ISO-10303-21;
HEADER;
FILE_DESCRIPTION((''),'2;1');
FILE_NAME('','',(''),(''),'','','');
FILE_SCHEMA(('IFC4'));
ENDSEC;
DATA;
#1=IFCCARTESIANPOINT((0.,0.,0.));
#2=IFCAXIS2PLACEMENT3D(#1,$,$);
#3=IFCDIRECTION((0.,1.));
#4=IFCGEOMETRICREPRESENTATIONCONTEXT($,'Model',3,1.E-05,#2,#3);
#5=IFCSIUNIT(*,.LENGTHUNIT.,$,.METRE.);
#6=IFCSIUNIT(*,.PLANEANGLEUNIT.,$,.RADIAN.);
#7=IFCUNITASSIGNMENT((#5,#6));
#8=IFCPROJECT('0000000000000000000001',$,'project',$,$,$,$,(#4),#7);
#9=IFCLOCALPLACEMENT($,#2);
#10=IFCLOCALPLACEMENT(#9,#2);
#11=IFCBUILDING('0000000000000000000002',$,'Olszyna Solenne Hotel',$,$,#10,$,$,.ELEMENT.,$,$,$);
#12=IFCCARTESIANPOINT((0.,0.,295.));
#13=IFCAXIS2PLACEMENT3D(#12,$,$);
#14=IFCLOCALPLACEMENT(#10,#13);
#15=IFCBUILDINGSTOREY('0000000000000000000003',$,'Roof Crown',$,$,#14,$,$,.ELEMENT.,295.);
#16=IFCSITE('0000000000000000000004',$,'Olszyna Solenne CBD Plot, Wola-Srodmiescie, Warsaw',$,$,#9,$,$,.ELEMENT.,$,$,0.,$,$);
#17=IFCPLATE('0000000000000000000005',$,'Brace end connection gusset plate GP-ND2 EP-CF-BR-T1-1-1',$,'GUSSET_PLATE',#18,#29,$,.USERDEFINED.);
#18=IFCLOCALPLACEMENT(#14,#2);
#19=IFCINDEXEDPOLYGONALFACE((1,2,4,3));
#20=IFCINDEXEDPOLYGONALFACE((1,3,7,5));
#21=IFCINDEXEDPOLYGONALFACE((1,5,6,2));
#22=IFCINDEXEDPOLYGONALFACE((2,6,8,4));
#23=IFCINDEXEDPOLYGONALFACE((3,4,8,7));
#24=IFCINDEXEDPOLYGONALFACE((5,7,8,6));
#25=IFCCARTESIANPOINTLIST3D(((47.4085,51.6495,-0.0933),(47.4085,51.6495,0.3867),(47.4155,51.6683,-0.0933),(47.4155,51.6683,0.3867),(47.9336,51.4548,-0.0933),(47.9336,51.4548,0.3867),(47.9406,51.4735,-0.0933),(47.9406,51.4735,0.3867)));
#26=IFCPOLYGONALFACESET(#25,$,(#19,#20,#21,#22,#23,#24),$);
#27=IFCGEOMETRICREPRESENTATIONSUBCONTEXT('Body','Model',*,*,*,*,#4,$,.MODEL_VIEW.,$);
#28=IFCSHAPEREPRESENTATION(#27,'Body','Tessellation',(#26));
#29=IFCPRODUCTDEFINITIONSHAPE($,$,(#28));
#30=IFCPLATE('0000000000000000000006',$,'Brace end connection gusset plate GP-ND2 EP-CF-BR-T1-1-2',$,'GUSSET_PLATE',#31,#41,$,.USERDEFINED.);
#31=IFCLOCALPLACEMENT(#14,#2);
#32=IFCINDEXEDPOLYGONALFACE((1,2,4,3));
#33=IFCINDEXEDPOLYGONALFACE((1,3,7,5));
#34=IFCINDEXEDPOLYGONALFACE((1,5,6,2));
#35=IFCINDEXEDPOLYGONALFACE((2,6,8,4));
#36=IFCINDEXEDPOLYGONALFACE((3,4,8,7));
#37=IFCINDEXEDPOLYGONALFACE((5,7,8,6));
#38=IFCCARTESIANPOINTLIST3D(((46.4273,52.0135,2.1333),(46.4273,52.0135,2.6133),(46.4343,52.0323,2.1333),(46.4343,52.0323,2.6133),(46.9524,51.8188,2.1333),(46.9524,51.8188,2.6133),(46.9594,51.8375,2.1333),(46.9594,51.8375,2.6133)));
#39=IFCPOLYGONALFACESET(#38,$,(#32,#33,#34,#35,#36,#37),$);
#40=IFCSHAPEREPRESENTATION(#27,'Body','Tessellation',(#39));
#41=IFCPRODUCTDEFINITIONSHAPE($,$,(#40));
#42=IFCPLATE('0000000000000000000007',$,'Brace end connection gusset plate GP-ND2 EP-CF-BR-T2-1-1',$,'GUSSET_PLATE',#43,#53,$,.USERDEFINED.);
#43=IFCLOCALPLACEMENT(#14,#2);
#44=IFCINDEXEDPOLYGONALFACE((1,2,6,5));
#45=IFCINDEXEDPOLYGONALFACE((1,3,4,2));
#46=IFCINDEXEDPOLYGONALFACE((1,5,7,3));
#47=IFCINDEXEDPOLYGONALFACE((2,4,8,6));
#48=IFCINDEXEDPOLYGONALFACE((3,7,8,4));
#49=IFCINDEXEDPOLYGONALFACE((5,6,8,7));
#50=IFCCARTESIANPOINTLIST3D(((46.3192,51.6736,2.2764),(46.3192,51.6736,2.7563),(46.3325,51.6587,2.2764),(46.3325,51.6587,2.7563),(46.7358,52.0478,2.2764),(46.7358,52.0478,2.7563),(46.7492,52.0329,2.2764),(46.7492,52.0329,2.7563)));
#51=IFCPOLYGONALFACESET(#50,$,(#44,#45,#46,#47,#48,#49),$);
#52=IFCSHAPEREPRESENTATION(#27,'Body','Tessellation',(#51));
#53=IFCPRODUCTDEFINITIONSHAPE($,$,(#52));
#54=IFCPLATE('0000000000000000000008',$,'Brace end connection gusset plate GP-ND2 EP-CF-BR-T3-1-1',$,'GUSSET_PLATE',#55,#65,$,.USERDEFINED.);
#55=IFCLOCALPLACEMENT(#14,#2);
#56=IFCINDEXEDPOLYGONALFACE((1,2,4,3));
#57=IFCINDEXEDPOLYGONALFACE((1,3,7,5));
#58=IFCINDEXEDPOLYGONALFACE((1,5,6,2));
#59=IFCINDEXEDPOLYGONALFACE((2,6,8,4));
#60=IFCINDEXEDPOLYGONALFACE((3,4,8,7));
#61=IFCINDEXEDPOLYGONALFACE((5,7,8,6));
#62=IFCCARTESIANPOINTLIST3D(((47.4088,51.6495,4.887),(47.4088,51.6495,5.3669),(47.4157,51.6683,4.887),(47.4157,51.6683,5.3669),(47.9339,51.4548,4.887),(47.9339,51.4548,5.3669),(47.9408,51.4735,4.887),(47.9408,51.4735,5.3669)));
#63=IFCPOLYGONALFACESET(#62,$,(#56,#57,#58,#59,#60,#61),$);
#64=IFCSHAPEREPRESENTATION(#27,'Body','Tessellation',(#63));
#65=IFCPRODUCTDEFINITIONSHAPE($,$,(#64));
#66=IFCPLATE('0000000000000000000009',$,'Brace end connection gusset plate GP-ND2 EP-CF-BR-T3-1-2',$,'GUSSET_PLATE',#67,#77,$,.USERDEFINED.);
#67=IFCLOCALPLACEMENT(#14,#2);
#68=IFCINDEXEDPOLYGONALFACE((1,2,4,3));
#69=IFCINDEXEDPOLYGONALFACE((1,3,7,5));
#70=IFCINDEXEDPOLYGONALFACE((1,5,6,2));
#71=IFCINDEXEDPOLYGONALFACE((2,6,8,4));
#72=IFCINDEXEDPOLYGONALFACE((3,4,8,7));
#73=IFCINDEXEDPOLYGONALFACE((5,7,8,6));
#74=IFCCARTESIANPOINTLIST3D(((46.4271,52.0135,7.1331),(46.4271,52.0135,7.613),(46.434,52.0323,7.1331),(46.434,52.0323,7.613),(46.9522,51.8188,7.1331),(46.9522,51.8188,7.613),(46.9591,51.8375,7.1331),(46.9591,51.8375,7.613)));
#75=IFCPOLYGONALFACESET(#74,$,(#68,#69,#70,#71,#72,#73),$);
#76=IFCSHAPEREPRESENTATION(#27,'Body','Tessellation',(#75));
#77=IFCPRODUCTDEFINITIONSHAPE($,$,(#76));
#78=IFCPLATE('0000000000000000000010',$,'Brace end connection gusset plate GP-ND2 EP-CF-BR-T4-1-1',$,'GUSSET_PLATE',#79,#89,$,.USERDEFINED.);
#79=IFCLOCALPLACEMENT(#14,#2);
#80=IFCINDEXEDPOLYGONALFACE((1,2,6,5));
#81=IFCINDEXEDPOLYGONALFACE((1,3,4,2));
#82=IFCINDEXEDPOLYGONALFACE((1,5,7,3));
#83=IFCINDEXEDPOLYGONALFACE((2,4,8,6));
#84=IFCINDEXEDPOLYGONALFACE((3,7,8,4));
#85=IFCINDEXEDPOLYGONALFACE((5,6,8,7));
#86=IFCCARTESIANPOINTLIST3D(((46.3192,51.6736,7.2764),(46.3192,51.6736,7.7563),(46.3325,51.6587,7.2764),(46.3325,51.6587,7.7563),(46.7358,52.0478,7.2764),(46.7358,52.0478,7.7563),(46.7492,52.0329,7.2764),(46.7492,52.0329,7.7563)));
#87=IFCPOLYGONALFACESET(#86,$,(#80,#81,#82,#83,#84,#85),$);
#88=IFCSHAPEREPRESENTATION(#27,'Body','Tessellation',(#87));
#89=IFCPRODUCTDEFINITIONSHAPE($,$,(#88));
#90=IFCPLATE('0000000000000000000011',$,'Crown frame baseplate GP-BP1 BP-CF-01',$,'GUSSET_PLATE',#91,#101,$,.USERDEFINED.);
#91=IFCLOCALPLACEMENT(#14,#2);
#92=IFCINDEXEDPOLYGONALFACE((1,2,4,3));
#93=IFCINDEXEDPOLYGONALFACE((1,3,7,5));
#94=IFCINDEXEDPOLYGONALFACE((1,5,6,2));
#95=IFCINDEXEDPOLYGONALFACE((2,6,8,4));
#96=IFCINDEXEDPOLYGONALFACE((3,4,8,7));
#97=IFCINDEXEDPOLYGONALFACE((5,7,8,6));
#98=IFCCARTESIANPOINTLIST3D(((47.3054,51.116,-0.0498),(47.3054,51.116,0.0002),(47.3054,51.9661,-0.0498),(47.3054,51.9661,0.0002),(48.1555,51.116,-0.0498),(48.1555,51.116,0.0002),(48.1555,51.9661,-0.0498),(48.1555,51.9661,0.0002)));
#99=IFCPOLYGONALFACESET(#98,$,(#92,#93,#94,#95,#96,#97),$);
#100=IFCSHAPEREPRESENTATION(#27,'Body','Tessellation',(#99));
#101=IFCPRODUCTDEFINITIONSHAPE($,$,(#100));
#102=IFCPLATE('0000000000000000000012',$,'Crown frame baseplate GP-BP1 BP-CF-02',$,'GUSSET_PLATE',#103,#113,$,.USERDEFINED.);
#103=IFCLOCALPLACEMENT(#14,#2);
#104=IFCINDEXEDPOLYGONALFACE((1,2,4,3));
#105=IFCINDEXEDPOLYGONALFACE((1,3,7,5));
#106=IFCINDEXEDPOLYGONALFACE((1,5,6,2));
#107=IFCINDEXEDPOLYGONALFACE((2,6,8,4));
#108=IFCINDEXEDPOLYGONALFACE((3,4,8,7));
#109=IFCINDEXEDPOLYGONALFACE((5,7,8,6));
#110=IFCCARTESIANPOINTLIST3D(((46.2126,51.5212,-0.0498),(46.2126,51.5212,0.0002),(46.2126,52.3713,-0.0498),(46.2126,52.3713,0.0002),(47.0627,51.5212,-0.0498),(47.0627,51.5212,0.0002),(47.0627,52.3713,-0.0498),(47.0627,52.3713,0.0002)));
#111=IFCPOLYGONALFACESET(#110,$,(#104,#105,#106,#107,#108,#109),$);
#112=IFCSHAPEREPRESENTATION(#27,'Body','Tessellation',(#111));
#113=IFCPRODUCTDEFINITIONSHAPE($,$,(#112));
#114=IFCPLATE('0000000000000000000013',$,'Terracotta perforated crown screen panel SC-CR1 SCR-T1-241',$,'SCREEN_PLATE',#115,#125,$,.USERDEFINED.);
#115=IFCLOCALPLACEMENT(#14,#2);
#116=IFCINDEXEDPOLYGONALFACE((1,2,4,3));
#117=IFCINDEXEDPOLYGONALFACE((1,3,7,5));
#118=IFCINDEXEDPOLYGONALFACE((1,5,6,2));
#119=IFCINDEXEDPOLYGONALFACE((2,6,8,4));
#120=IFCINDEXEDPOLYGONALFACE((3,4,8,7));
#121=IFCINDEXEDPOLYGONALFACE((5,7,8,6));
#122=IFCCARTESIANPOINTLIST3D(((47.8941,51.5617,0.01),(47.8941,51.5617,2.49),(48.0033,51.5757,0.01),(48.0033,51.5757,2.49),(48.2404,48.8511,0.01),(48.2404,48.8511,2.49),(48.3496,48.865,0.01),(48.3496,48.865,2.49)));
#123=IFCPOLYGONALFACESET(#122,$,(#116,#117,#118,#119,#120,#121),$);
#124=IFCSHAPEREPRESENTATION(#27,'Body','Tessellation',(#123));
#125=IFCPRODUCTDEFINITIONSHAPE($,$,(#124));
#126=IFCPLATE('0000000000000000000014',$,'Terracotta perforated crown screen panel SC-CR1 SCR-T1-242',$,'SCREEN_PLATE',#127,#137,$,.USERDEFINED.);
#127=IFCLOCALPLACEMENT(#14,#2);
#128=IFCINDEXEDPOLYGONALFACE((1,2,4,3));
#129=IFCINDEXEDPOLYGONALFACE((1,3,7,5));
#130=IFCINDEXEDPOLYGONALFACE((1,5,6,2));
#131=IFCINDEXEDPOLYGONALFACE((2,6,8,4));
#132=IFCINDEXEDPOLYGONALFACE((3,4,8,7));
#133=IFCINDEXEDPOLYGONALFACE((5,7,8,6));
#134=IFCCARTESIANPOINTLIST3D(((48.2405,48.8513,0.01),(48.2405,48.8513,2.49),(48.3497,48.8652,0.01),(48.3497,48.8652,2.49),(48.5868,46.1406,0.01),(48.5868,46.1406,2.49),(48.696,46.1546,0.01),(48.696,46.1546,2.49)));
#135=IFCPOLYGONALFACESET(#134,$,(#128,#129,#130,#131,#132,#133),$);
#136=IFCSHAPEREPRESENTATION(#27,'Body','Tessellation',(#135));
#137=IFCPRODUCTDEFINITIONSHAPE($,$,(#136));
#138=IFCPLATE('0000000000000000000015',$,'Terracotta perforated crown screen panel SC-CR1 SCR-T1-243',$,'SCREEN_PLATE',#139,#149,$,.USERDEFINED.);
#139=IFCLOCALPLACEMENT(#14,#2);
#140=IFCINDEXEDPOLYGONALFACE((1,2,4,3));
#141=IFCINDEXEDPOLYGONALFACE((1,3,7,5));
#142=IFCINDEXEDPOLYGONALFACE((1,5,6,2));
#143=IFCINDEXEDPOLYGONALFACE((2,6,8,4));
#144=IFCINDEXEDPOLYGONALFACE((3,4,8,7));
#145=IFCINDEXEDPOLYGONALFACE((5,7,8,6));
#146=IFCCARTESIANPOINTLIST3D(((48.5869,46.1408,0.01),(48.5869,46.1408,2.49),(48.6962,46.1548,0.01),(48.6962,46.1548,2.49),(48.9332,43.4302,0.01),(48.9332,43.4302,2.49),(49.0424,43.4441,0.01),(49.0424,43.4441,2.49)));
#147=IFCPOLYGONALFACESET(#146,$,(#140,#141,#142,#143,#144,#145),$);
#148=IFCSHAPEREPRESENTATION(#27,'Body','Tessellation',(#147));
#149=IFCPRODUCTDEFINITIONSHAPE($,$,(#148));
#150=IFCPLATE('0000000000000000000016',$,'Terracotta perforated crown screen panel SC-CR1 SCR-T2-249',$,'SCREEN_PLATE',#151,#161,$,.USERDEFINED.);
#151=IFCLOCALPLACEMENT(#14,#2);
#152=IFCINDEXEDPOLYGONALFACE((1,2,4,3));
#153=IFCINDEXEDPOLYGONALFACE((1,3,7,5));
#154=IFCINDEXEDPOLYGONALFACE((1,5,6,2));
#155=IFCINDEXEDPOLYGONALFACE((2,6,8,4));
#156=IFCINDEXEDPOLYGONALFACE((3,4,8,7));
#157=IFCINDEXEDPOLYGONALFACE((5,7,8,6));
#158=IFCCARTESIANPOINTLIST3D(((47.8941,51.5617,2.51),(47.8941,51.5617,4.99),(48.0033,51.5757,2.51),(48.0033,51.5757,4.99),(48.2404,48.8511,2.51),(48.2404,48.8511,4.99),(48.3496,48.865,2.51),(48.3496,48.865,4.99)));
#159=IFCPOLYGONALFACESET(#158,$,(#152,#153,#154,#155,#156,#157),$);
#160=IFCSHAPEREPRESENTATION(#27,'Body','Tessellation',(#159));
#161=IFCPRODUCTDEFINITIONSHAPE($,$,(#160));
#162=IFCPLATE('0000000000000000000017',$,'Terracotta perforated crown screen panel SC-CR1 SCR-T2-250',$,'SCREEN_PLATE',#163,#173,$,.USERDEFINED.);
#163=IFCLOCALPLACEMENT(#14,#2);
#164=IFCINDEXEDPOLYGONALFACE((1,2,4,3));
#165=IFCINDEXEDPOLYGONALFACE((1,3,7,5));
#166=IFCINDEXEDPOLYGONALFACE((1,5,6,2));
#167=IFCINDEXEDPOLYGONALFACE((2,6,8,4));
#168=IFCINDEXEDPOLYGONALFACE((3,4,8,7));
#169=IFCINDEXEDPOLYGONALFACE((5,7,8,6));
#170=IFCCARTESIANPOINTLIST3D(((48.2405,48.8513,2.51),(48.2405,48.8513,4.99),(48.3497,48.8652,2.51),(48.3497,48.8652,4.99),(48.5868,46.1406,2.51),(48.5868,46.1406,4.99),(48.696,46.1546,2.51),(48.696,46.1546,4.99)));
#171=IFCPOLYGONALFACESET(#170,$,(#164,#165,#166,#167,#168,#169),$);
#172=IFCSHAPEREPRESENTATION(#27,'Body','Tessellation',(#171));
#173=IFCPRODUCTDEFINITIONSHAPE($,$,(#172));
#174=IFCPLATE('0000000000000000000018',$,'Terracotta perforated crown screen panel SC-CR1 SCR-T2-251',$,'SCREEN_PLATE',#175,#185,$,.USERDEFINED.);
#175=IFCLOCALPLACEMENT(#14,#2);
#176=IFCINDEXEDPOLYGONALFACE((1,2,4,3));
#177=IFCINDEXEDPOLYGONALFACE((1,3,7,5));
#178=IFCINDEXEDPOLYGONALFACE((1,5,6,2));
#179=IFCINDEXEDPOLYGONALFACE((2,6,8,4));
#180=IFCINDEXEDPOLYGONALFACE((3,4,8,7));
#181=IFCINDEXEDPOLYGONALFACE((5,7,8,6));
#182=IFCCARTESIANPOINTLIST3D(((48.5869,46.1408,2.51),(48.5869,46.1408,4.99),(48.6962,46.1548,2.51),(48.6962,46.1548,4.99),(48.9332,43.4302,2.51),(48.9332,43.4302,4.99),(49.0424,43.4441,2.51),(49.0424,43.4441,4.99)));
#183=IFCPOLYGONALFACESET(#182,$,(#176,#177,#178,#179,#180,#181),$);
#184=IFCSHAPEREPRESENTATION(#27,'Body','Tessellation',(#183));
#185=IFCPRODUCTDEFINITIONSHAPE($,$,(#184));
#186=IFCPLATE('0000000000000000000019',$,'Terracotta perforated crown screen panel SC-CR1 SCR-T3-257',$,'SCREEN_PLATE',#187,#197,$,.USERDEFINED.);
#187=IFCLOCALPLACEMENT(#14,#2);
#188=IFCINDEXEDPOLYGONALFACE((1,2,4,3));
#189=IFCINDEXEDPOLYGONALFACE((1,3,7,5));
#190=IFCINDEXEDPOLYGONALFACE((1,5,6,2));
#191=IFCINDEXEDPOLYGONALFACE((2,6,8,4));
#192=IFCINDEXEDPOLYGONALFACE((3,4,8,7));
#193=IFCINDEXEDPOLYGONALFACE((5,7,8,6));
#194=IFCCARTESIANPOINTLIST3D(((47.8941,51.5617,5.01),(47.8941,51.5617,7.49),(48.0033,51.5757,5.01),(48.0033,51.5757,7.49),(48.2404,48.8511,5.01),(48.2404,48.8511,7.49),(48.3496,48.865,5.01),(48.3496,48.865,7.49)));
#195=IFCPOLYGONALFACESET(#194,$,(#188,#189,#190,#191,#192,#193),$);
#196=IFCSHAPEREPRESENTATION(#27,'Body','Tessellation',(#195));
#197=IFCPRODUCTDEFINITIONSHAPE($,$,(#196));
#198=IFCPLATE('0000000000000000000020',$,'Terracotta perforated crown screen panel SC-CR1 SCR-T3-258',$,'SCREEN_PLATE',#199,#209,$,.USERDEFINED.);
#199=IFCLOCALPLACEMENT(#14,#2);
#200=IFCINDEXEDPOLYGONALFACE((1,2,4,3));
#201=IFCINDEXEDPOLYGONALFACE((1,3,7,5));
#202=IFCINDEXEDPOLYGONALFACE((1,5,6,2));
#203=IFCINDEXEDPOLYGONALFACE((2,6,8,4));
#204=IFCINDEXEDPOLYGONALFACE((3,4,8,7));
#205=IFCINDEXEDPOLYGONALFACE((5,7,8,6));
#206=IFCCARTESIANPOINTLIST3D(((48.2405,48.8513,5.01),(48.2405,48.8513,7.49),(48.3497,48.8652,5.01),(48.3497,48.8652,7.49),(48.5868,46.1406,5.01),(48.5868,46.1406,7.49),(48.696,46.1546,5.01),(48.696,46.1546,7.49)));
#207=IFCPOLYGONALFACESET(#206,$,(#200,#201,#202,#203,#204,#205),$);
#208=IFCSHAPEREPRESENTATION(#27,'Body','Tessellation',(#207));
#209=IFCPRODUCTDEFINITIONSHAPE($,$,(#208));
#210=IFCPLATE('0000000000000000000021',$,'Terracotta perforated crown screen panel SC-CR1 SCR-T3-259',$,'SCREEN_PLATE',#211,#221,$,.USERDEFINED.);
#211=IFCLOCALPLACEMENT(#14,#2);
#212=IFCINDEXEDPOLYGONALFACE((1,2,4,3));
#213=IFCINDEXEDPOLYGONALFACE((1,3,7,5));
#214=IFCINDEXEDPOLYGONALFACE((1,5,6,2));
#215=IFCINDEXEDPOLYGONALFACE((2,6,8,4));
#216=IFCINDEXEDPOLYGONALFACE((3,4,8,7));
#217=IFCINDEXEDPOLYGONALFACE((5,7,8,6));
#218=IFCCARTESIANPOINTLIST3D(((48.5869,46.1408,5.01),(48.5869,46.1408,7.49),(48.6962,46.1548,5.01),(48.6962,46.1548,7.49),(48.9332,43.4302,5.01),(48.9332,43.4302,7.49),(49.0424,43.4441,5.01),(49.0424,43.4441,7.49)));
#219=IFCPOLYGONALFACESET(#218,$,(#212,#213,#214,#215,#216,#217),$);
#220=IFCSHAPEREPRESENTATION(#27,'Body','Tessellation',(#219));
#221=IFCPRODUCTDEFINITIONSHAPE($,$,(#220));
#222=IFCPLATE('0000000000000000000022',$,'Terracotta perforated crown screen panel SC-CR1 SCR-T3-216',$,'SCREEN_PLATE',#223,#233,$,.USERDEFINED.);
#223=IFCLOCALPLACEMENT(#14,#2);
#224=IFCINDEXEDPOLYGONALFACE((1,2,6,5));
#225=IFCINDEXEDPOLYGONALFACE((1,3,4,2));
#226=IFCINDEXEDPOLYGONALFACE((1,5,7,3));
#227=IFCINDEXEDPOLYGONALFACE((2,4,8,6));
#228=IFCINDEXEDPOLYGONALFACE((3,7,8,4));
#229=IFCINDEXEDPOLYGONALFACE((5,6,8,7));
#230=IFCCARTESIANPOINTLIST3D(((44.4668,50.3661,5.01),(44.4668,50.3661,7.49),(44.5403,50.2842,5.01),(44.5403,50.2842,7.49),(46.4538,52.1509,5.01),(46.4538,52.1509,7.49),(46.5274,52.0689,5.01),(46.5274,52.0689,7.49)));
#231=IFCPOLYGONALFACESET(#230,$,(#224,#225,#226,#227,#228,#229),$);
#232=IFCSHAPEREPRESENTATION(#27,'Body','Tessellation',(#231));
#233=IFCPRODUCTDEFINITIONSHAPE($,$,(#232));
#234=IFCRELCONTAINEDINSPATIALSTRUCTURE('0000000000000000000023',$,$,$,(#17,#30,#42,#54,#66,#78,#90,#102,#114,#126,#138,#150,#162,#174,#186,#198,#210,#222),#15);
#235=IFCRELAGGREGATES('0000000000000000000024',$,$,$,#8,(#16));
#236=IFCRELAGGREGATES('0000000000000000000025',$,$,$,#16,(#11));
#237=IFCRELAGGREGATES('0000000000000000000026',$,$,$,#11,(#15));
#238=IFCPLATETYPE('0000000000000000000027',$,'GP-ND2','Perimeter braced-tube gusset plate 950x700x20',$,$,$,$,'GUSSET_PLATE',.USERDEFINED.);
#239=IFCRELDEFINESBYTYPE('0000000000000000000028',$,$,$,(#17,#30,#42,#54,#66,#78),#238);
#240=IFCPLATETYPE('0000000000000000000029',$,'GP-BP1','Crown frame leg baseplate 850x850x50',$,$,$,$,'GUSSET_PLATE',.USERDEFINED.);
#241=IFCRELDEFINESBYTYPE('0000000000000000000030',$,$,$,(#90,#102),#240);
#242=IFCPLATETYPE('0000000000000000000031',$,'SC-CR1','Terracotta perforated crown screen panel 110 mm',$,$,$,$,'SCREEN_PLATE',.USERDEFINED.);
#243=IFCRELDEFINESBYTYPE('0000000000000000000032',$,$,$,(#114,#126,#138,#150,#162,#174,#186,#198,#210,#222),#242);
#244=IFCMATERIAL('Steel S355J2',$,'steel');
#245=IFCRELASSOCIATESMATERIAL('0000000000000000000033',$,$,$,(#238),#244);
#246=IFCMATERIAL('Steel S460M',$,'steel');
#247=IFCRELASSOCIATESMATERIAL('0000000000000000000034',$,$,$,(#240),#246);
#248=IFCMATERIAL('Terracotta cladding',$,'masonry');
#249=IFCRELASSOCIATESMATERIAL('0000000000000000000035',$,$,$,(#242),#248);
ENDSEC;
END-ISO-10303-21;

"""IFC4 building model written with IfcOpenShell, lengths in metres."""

from ifc_helpers import new_model, si_unit, direction, frame, origin, origin_2d, place, context, subcontext, project, spatial, rectangle, extrude, source, transform, mapped, material, type_object, element, save


model = new_model("IFC4")

# Units and contexts
model_context = context("Model", 3, precision=1e-05, world=origin(), true_north=direction((0.0, 1.0)))
body_context = subcontext(model_context, "Body", "Model", "MODEL_VIEW")
ifc_project = project(units=[si_unit("LENGTHUNIT", "METRE"), si_unit("PLANEANGLEUNIT", "RADIAN")], contexts=[model_context])

# Site, building, storey
site_placement = place(None, origin())
site = spatial("IfcSite", under=ifc_project, at=site_placement, Name="Olszyna Solenne CBD Plot, Wola-Srodmiescie, Warsaw", CompositionType="ELEMENT", RefElevation=0.0)
building_placement = place(site_placement, origin())
building = spatial("IfcBuilding", under=site, at=building_placement, Name="Olszyna Solenne Hotel", CompositionType="ELEMENT")
storey_placement = place(building_placement, frame((0.0, 0.0, 295.0)))
storey = spatial("IfcBuildingStorey", under=building, at=storey_placement, Name="Roof Crown", CompositionType="ELEMENT", Elevation=295.0)

# Shared definitions
ifc_material_1 = material(Name="Steel S460M", Category="steel")

# Shared definitions
ifc_material_2 = material(Name="Steel S355J2", Category="steel")

# Plates
plate_type_1 = type_object("IfcPlateType", Name="GP-ND2", Description="Perimeter braced-tube gusset plate 950x700x20", ElementType="GUSSET_PLATE", PredefinedType="USERDEFINED", material=ifc_material_2)
shared_shape_1 = source(origin(), body_context, "Body", "SweptSolid", [
    extrude(rectangle(XDim=0.5601, YDim=0.02, at=origin_2d()), origin(), (0.0, 0.0, 1.0), 0.48),
])
for number, where, z_axis, x_axis, name in (
    (1, (47.6746, 51.5615, -0.0933), (0.0, 0.0, 1.0), (-0.937586, 0.347754, 0.0), "Brace end connection gusset plate GP-ND2 EP-CF-BR-T1-1-1"),
    (2, (46.6934, 51.9255, 2.1333), (0.0, 0.0, 1.0), (-0.937586, 0.347754, 0.0), "Brace end connection gusset plate GP-ND2 EP-CF-BR-T1-1-2"),
    (3, (46.5342, 51.8533, 2.2764), (0.0, 0.0, 1.0), (-0.743962, -0.668222, 0.0), "Brace end connection gusset plate GP-ND2 EP-CF-BR-T2-1-1"),
    (4, (47.6748, 51.5615, 4.887), (0.0, 0.0, 1.0), (-0.937586, 0.347754, 0.0), "Brace end connection gusset plate GP-ND2 EP-CF-BR-T3-1-1"),
    (5, (46.6931, 51.9255, 7.1331), (0.0, 0.0, 1.0), (-0.937586, 0.347754, 0.0), "Brace end connection gusset plate GP-ND2 EP-CF-BR-T3-1-2"),
    (6, (46.5342, 51.8533, 7.2764), (0.0, 0.0, 1.0), (-0.743962, -0.668222, 0.0), "Brace end connection gusset plate GP-ND2 EP-CF-BR-T4-1-1"),
):
    element("IfcPlate", number, at=place(storey_placement, frame(where, z_axis=z_axis, x_axis=x_axis)), inside=storey, type_object=plate_type_1, Name=name, ObjectType="GUSSET_PLATE", PredefinedType="USERDEFINED", context=body_context, shape_type="MappedRepresentation", body=[
        mapped(shared_shape_1, transform((0.0, 0.0, 0.0), x_axis=(1.0, 0.0, 0.0), y_axis=(0.0, 1.0, 0.0), z_axis=(0.0, 0.0, 1.0), scale=1.0)),
    ])
plate_type_2 = type_object("IfcPlateType", Name="GP-BP1", Description="Crown frame leg baseplate 850x850x50", ElementType="GUSSET_PLATE", PredefinedType="USERDEFINED", material=ifc_material_1)
shared_shape_2 = source(origin(), body_context, "Body", "SweptSolid", [
    extrude(rectangle(XDim=0.8501, YDim=0.8501, at=origin_2d()), origin(), (0.0, 0.0, 1.0), 0.05),
])
for number, where, z_axis, x_axis, name in (
    (7, (47.7305, 51.541, -0.0498), (0.0, 0.0, 1.0), (1.0, 0.0, 0.0), "Crown frame baseplate GP-BP1 BP-CF-01"),
    (8, (46.6377, 51.9463, -0.0498), (0.0, 0.0, 1.0), (1.0, 0.0, 0.0), "Crown frame baseplate GP-BP1 BP-CF-02"),
):
    element("IfcPlate", number, at=place(storey_placement, frame(where, z_axis=z_axis, x_axis=x_axis)), inside=storey, type_object=plate_type_2, Name=name, ObjectType="GUSSET_PLATE", PredefinedType="USERDEFINED", context=body_context, shape_type="MappedRepresentation", body=[
        mapped(shared_shape_2, transform((0.0, 0.0, 0.0), x_axis=(1.0, 0.0, 0.0), y_axis=(0.0, 1.0, 0.0), z_axis=(0.0, 0.0, 1.0), scale=1.0)),
    ])
ifc_material_3 = material(Name="Terracotta cladding", Category="masonry")
plate_type_3 = type_object("IfcPlateType", Name="SC-CR1", Description="Terracotta perforated crown screen panel 110 mm", ElementType="SCREEN_PLATE", PredefinedType="USERDEFINED", material=ifc_material_3)
shared_shape_3 = source(origin(), body_context, "Body", "SweptSolid", [
    extrude(rectangle(XDim=2.7327, YDim=0.1101, at=origin_2d()), origin(), (0.0, 0.0, 1.0), 2.48),
])
for number, where, z_axis, x_axis, name in (
    (9, (48.1218, 50.2134, 0.01), (0.0, 0.0, 1.0), (0.126718, -0.991939, 0.0), "Terracotta perforated crown screen panel SC-CR1 SCR-T1-241"),
    (10, (48.4683, 47.5029, 0.01), (0.0, 0.0, 1.0), (0.126718, -0.991939, 0.0), "Terracotta perforated crown screen panel SC-CR1 SCR-T1-242"),
    (11, (48.8147, 44.7925, 0.01), (0.0, 0.0, 1.0), (0.126718, -0.991939, 0.0), "Terracotta perforated crown screen panel SC-CR1 SCR-T1-243"),
    (12, (48.1218, 50.2134, 2.51), (0.0, 0.0, 1.0), (0.126718, -0.991939, 0.0), "Terracotta perforated crown screen panel SC-CR1 SCR-T2-249"),
    (13, (48.4683, 47.5029, 2.51), (0.0, 0.0, 1.0), (0.126718, -0.991939, 0.0), "Terracotta perforated crown screen panel SC-CR1 SCR-T2-250"),
    (14, (48.8147, 44.7925, 2.51), (0.0, 0.0, 1.0), (0.126718, -0.991939, 0.0), "Terracotta perforated crown screen panel SC-CR1 SCR-T2-251"),
    (15, (48.1218, 50.2134, 5.01), (0.0, 0.0, 1.0), (0.126718, -0.991939, 0.0), "Terracotta perforated crown screen panel SC-CR1 SCR-T3-257"),
    (16, (48.4683, 47.5029, 5.01), (0.0, 0.0, 1.0), (0.126718, -0.991939, 0.0), "Terracotta perforated crown screen panel SC-CR1 SCR-T3-258"),
    (17, (48.8147, 44.7925, 5.01), (0.0, 0.0, 1.0), (0.126718, -0.991939, 0.0), "Terracotta perforated crown screen panel SC-CR1 SCR-T3-259"),
):
    element("IfcPlate", number, at=place(storey_placement, frame(where, z_axis=z_axis, x_axis=x_axis)), inside=storey, type_object=plate_type_3, Name=name, ObjectType="SCREEN_PLATE", PredefinedType="USERDEFINED", context=body_context, shape_type="MappedRepresentation", body=[
        mapped(shared_shape_3, transform((0.0, 0.0, 0.0), x_axis=(1.0, 0.0, 0.0), y_axis=(0.0, 1.0, 0.0), z_axis=(0.0, 0.0, 1.0), scale=1.0)),
    ])
shared_shape_4 = source(origin(), body_context, "Body", "SweptSolid", [
    extrude(rectangle(XDim=2.6709, YDim=0.1101, at=origin_2d()), origin(), (0.0, 0.0, 1.0), 2.48),
])
plate_placement = place(storey_placement, frame((45.4971, 51.2175, 5.01), z_axis=(0.0, 0.0, 1.0), x_axis=(0.743962, 0.668222, 0.0)))
element("IfcPlate", 18, at=plate_placement, inside=storey, type_object=plate_type_3, Name="Terracotta perforated crown screen panel SC-CR1 SCR-T3-216", ObjectType="SCREEN_PLATE", PredefinedType="USERDEFINED", context=body_context, shape_type="MappedRepresentation", body=[
    mapped(shared_shape_4, transform((0.0, 0.0, 0.0), x_axis=(1.0, 0.0, 0.0), y_axis=(0.0, 1.0, 0.0), z_axis=(0.0, 0.0, 1.0), scale=1.0)),
])

save(model, "model.ifc")
